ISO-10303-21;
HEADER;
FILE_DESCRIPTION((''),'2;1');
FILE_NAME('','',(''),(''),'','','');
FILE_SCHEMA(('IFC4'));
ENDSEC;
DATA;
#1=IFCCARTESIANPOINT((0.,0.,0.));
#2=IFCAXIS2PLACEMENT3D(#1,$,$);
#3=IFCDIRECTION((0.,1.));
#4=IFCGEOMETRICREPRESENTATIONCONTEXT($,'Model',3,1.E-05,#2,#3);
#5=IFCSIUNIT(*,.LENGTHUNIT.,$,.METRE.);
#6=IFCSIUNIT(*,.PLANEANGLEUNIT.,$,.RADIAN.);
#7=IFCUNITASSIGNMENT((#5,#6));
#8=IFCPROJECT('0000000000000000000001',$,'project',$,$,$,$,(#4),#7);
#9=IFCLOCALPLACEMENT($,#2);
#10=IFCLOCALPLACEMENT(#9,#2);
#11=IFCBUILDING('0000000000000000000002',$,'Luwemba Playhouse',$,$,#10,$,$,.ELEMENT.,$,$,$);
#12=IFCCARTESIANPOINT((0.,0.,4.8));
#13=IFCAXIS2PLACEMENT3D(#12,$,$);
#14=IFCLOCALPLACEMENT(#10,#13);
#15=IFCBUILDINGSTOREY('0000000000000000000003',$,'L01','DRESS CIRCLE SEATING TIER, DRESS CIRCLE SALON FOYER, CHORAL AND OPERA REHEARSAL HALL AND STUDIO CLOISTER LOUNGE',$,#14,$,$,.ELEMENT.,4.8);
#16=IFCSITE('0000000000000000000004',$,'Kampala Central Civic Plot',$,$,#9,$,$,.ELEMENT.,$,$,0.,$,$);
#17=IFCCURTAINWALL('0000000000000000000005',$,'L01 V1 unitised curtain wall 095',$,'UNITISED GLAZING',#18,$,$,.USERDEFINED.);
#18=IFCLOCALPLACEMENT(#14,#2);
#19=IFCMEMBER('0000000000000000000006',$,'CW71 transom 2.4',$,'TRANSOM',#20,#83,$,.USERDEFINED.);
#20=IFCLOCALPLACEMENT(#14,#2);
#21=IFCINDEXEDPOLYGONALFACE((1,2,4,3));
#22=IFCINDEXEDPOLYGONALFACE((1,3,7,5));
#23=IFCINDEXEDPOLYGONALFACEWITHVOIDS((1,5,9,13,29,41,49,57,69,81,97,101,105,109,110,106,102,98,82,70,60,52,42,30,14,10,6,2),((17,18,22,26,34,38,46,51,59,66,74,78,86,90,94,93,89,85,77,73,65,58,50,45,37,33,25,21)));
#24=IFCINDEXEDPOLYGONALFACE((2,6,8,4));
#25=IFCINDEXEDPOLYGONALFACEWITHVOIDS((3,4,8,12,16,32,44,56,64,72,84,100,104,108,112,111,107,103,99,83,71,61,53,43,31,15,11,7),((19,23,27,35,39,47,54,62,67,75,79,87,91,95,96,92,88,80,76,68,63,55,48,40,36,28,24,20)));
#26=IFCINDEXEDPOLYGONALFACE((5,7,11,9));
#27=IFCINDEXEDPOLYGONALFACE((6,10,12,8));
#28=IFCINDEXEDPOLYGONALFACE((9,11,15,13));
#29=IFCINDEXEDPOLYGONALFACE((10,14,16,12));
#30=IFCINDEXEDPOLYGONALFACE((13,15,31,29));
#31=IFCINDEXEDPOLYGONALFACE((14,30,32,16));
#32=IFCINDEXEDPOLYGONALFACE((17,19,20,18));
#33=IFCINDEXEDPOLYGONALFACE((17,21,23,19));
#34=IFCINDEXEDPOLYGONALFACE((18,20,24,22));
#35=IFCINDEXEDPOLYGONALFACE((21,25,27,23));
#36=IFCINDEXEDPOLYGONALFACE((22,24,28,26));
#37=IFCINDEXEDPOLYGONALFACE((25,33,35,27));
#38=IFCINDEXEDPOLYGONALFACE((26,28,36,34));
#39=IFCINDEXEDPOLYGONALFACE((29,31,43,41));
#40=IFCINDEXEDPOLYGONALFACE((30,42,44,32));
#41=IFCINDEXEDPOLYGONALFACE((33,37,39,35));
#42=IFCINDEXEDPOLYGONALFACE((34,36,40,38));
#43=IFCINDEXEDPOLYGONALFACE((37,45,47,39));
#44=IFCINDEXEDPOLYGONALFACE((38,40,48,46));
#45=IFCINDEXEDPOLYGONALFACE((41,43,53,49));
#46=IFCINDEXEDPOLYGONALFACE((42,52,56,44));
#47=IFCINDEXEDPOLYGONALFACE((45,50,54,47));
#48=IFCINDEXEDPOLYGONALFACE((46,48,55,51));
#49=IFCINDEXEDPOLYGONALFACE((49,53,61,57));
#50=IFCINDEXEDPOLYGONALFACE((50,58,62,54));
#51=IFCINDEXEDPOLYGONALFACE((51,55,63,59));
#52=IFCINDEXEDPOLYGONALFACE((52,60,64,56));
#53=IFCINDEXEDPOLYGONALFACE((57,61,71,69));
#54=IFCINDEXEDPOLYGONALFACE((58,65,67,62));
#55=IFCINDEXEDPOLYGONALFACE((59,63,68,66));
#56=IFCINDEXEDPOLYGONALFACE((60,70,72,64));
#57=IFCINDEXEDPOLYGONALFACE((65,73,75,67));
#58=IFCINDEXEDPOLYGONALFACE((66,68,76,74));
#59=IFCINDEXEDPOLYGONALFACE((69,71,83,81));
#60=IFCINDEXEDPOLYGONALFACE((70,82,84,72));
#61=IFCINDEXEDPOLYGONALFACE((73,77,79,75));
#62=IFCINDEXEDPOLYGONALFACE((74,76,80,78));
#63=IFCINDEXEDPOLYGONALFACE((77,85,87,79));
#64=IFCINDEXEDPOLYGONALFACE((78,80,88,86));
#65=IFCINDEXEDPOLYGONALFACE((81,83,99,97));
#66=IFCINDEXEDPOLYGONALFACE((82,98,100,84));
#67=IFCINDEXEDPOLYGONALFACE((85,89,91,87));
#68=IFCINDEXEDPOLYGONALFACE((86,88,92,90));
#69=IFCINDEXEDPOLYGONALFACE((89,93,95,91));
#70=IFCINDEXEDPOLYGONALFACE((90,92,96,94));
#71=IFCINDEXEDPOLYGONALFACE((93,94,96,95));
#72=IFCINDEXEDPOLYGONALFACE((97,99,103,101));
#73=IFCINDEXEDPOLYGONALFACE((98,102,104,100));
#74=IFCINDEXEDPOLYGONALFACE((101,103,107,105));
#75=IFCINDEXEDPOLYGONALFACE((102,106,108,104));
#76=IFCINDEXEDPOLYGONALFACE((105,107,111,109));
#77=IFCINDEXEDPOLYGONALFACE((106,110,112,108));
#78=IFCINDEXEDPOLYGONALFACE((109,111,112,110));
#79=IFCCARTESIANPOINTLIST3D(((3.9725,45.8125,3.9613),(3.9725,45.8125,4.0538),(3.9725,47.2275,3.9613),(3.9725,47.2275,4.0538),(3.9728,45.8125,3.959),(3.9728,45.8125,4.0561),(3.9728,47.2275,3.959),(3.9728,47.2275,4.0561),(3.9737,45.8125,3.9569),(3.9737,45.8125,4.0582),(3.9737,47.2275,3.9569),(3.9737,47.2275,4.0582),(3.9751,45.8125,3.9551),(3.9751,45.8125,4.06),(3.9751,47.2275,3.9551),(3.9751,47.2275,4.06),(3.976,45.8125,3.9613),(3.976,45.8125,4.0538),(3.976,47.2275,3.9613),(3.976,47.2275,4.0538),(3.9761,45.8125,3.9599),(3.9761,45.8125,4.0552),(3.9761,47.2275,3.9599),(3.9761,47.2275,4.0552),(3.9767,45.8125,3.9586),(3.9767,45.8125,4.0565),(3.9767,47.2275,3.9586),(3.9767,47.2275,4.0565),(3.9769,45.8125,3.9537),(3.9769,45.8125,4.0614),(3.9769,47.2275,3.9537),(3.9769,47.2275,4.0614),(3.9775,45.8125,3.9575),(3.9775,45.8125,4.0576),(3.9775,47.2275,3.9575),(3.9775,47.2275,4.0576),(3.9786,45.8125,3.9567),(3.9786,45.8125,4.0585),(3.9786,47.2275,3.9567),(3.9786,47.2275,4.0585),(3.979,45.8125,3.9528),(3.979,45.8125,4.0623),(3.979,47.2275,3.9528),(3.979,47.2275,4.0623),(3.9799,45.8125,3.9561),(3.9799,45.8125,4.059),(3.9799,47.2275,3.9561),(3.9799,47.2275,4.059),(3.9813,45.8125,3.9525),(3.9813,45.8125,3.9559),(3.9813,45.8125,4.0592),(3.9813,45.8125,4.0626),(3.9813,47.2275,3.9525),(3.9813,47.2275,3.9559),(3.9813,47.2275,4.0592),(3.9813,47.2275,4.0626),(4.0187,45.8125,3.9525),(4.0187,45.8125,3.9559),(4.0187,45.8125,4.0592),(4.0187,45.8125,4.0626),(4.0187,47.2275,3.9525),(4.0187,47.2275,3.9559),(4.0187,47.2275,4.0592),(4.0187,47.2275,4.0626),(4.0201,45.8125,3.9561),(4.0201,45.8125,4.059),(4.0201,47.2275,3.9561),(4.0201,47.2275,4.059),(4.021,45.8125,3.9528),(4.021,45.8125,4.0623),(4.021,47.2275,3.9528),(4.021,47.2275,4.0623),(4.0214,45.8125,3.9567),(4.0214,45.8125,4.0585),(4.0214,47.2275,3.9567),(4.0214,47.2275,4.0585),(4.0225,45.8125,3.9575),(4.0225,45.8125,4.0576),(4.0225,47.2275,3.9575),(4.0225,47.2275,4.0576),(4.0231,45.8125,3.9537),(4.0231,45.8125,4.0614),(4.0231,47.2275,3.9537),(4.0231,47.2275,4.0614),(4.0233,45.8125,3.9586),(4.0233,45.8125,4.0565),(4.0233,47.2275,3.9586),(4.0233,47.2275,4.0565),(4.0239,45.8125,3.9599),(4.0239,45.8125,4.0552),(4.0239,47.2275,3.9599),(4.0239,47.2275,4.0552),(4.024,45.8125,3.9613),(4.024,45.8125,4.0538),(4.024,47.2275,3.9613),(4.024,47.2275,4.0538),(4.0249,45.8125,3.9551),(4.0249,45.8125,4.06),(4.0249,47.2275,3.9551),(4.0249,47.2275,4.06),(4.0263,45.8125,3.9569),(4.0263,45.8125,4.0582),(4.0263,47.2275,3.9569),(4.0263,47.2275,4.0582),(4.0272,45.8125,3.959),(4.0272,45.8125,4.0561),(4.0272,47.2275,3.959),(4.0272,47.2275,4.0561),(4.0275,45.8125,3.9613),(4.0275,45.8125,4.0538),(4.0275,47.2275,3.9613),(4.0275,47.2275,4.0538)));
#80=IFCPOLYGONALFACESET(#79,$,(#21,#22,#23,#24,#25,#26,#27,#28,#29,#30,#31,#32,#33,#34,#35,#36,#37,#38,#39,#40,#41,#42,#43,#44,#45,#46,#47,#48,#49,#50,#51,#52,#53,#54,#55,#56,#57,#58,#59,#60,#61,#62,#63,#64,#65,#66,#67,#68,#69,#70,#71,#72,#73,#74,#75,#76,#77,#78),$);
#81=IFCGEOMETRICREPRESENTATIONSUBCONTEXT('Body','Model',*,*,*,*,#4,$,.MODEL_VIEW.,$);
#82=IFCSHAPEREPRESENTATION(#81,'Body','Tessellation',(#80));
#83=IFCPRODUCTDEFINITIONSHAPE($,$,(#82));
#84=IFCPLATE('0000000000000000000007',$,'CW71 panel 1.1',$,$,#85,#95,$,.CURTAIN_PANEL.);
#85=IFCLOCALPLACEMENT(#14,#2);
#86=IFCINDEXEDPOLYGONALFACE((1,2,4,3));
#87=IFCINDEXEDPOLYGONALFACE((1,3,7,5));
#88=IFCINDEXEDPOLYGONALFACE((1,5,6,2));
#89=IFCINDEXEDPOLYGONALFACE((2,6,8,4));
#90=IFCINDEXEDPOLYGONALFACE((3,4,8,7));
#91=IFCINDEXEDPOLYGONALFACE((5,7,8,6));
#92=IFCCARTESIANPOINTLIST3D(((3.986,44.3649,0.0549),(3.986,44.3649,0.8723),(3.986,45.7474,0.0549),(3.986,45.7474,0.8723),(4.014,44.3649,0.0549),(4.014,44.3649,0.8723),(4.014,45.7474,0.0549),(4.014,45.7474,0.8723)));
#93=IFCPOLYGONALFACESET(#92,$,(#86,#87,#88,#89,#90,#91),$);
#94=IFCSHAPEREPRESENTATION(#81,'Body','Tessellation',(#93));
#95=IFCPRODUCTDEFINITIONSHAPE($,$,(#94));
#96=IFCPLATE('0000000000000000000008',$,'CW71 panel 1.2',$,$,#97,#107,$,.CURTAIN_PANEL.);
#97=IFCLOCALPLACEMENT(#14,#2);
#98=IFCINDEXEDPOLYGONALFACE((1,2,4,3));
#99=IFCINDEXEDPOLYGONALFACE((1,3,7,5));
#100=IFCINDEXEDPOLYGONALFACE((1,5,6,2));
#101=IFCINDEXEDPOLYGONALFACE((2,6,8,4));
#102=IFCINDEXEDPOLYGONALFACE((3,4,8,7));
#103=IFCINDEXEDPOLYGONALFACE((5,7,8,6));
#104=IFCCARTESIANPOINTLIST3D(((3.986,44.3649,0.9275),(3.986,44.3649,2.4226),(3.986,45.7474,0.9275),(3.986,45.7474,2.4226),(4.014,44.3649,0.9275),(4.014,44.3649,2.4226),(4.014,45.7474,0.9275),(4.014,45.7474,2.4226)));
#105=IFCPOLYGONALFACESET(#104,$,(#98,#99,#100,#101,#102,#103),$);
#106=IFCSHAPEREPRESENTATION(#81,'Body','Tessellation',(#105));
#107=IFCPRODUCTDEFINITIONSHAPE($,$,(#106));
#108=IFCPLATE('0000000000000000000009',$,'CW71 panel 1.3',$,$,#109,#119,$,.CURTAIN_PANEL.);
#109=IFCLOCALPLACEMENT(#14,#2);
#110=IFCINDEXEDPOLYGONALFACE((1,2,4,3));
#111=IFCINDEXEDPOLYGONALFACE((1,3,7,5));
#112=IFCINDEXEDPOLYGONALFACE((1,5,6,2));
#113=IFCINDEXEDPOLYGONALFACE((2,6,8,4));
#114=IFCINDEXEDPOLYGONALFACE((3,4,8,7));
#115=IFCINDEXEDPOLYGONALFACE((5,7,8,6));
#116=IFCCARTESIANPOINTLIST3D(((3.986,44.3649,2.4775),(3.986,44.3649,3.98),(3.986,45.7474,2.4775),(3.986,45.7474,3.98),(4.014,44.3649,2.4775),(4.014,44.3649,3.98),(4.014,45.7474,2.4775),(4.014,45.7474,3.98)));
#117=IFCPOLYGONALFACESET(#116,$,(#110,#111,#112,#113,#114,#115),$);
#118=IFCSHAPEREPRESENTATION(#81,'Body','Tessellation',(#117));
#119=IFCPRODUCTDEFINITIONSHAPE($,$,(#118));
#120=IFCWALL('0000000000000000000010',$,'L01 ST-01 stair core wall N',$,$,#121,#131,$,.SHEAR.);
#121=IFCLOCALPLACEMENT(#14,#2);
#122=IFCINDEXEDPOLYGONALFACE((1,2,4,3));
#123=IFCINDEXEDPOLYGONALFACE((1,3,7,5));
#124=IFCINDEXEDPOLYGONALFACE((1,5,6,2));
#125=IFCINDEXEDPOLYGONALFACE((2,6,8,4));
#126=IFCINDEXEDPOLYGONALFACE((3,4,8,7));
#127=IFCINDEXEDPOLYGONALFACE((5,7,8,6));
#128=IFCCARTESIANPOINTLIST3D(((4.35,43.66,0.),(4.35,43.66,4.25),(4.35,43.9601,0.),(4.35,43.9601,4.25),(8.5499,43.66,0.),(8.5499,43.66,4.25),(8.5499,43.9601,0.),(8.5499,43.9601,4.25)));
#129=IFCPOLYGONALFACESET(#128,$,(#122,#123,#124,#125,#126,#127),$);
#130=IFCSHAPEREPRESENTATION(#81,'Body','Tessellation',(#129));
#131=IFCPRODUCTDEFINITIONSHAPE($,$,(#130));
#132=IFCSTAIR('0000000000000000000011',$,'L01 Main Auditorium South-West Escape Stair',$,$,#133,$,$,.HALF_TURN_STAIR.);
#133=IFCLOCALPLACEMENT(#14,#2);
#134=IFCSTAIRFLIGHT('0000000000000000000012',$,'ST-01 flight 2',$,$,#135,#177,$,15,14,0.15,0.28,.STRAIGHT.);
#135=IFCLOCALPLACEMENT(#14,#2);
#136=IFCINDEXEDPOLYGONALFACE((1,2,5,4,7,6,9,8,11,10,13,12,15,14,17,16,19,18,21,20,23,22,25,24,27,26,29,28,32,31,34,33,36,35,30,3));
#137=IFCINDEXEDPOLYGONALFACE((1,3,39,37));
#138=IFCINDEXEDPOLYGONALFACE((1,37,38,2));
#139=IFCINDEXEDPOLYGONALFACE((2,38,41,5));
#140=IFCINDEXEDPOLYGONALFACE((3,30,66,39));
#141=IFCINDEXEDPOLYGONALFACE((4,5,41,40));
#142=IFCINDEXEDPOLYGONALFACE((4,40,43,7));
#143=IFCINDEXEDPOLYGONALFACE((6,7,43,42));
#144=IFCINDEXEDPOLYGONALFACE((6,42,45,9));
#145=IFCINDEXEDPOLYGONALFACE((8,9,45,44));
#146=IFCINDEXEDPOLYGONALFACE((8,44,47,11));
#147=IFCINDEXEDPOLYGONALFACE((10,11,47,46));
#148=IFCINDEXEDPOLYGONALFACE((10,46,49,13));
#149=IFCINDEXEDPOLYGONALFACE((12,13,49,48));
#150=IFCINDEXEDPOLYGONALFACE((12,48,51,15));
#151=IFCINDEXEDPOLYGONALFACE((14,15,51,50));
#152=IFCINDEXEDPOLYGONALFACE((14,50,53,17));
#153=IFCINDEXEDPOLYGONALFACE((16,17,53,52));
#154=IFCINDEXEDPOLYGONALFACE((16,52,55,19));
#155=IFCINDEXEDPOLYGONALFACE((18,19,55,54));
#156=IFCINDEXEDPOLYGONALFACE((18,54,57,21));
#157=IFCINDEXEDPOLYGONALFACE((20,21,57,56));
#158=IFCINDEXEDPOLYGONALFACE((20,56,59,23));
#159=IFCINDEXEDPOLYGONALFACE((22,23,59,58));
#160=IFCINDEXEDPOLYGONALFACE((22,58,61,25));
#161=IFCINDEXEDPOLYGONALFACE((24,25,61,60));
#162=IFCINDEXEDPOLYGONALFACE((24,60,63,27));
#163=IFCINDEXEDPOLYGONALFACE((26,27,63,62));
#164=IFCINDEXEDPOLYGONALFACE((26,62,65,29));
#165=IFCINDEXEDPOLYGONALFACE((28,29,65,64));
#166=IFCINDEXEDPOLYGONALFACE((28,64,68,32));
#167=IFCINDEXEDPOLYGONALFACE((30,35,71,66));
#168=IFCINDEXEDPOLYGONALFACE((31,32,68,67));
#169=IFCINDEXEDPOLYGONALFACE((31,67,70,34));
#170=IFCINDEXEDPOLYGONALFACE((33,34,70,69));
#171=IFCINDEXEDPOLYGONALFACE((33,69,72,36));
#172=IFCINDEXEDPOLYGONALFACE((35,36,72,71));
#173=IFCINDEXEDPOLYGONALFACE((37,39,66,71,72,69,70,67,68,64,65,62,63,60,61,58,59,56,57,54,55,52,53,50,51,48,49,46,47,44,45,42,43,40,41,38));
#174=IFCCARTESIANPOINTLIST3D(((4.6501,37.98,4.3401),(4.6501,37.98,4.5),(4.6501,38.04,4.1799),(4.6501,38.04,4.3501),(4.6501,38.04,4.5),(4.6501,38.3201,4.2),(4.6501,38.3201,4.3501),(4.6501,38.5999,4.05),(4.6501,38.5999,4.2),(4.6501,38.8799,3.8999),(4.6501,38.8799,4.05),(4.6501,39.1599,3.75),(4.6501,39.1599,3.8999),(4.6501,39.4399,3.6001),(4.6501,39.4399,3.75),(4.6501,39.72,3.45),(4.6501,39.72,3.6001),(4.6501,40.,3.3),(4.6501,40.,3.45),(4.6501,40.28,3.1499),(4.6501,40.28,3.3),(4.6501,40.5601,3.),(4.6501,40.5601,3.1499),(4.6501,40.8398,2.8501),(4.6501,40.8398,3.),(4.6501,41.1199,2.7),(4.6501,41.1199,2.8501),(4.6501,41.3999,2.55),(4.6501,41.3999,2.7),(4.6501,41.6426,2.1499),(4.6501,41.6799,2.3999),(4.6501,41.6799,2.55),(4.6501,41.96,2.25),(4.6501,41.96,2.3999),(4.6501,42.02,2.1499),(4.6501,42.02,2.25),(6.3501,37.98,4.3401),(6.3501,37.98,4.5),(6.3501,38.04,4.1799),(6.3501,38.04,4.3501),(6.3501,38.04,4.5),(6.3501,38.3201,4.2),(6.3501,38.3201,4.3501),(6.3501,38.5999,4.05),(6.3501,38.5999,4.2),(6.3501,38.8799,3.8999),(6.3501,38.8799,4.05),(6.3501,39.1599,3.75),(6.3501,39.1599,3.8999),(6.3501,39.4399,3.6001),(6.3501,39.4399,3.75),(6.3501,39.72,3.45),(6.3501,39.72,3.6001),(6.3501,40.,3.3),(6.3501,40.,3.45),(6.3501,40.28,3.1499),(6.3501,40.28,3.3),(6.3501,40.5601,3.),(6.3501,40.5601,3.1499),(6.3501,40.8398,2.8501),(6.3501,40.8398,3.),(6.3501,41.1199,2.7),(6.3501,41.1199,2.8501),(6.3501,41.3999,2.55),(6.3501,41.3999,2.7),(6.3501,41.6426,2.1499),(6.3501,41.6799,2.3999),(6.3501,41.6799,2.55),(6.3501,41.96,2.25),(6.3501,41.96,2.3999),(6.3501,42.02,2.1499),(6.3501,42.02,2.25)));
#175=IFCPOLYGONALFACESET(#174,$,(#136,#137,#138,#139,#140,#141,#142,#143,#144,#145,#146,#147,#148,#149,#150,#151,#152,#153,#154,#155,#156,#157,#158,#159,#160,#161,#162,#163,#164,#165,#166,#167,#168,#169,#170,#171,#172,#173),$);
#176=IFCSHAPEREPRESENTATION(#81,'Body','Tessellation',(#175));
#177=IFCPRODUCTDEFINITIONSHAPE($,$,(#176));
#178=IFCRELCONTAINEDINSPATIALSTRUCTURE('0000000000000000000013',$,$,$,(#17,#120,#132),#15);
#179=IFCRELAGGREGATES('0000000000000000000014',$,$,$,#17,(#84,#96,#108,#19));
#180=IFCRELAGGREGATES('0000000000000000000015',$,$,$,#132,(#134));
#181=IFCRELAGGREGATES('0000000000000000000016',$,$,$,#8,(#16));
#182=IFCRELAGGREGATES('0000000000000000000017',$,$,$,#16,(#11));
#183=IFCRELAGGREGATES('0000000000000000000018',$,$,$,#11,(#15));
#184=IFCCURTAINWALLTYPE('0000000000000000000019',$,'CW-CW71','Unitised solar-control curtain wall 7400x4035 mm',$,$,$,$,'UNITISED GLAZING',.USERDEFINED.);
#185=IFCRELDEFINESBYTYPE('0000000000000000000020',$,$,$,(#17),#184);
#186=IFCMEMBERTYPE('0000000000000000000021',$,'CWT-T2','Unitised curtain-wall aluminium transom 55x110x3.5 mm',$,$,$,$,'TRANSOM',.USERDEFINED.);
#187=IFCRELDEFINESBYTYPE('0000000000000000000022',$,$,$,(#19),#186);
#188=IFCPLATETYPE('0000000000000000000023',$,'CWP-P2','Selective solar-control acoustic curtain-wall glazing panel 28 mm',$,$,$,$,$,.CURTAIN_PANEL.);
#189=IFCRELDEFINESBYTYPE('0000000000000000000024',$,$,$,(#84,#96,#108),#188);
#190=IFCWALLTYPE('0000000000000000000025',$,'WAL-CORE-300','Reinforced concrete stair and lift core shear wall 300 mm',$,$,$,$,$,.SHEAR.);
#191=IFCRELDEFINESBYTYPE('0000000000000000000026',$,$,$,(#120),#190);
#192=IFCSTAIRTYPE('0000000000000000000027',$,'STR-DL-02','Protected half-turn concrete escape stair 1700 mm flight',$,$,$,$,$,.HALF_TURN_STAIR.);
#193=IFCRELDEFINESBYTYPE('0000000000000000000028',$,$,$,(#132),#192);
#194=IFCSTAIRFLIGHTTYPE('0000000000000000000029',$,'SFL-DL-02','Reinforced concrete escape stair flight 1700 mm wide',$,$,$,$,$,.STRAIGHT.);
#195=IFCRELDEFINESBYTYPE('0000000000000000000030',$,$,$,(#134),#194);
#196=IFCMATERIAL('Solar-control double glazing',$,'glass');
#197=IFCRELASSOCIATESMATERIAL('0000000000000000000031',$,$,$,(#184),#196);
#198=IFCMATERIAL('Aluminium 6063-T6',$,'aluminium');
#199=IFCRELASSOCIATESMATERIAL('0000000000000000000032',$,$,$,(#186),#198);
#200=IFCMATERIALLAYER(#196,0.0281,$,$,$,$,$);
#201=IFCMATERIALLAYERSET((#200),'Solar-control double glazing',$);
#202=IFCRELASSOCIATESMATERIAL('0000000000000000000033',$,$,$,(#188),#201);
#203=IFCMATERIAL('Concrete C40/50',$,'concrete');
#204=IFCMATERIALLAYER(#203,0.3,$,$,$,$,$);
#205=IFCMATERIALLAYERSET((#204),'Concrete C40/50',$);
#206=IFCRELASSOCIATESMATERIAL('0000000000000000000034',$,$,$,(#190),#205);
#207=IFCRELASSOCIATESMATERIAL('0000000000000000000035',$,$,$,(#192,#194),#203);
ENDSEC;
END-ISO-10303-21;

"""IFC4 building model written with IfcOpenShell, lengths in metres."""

from ifc_helpers import new_model, si_unit, direction, frame, frame_2d, origin, origin_2d, place, context, subcontext, project, spatial, polyline, rectangle, hollow_rectangle, outline, extrude, material, layer, layer_set, material_profile, profile_set, type_object, element, aggregate, save


model = new_model("IFC4")

# Units and contexts
model_context = context("Model", 3, precision=1e-05, world=origin(), true_north=direction((0.0, 1.0)))
body_context = subcontext(model_context, "Body", "Model", "MODEL_VIEW")
ifc_project = project(units=[si_unit("LENGTHUNIT", "METRE"), si_unit("PLANEANGLEUNIT", "RADIAN")], contexts=[model_context])

# Site, building, storey
site_placement = place(None, origin())
site = spatial("IfcSite", under=ifc_project, at=site_placement, Name="Kampala Central Civic Plot", CompositionType="ELEMENT", RefElevation=0.0)
building_placement = place(site_placement, origin())
building = spatial("IfcBuilding", under=site, at=building_placement, Name="Luwemba Playhouse", CompositionType="ELEMENT")
storey_placement = place(building_placement, frame((0.0, 0.0, 4.8)))
storey = spatial("IfcBuildingStorey", under=building, at=storey_placement, Name="L01", Description="DRESS CIRCLE SEATING TIER, DRESS CIRCLE SALON FOYER, CHORAL AND OPERA REHEARSAL HALL AND STUDIO CLOISTER LOUNGE", CompositionType="ELEMENT", Elevation=4.8)

# Shared definitions
ifc_material_1 = material(Name="Concrete C40/50", Category="concrete")

# Curtain wall, member, plates
ifc_material_2 = material(Name="Solar-control double glazing", Category="glass")
curtain_wall_type = type_object("IfcCurtainWallType", Name="CW-CW71", Description="Unitised solar-control curtain wall 7400x4035 mm", ElementType="UNITISED GLAZING", PredefinedType="USERDEFINED", material=ifc_material_2)
curtain_wall_placement = place(storey_placement, origin())
curtain_wall = element("IfcCurtainWall", 1, at=curtain_wall_placement, inside=storey, type_object=curtain_wall_type, Name="L01 V1 unitised curtain wall 095", ObjectType="UNITISED GLAZING", PredefinedType="USERDEFINED")
ifc_material_3 = material(Name="Aluminium 6063-T6", Category="aluminium")
ifc_material_profile_1 = material_profile(ifc_material_3, hollow_rectangle(XDim=0.0549, YDim=0.1101, WallThickness=0.0034, InnerFilletRadius=0.0054, OuterFilletRadius=0.0088, at=origin_2d()))
ifc_profile_set_1 = profile_set([ifc_material_profile_1], Name="Aluminium 6063-T6")
member_type_1 = type_object("IfcMemberType", Name="CWT-T2", Description="Unitised curtain-wall aluminium transom 55x110x3.5 mm", ElementType="TRANSOM", PredefinedType="USERDEFINED", material=ifc_profile_set_1)
member_1_placement = place(storey_placement, frame((4.0, 45.8125, 4.0076), z_axis=(0.0, 1.0, 0.0), x_axis=(-1.0, 0.0, 0.0)))
member_1 = element("IfcMember", 2, at=member_1_placement, type_object=member_type_1, Name="CW71 transom 2.4", ObjectType="TRANSOM", PredefinedType="USERDEFINED", context=body_context, shape_type="SweptSolid", body=[
    extrude(hollow_rectangle(XDim=0.0549, YDim=0.1101, WallThickness=0.0034, InnerFilletRadius=0.0054, OuterFilletRadius=0.0088, at=origin_2d()), origin(), (0.0, 0.0, 1.0), 1.415),
])
ifc_layer_1 = layer(ifc_material_2, 0.0281)
ifc_layer_set_1 = layer_set([ifc_layer_1], Name="Solar-control double glazing")
plate_type = type_object("IfcPlateType", Name="CWP-P2", Description="Selective solar-control acoustic curtain-wall glazing panel 28 mm", PredefinedType="CURTAIN_PANEL", material=ifc_layer_set_1)
plate_1_placement = place(storey_placement, frame((4.0, 45.0562, 0.0549), z_axis=(0.0, 0.0, 1.0), x_axis=(0.0, 1.0, 0.0)))
plate_1 = element("IfcPlate", 3, at=plate_1_placement, type_object=plate_type, Name="CW71 panel 1.1", PredefinedType="CURTAIN_PANEL", context=body_context, shape_type="SweptSolid", body=[
    extrude(rectangle(XDim=1.3826, YDim=0.0281, at=origin_2d()), origin(), (0.0, 0.0, 1.0), 0.8174),
])
plate_2_placement = place(storey_placement, frame((4.0, 45.0562, 0.9275), z_axis=(0.0, 0.0, 1.0), x_axis=(0.0, 1.0, 0.0)))
plate_2 = element("IfcPlate", 4, at=plate_2_placement, type_object=plate_type, Name="CW71 panel 1.2", PredefinedType="CURTAIN_PANEL", context=body_context, shape_type="SweptSolid", body=[
    extrude(rectangle(XDim=1.3826, YDim=0.0281, at=origin_2d()), origin(), (0.0, 0.0, 1.0), 1.4951),
])
plate_3_placement = place(storey_placement, frame((4.0, 45.0562, 2.4775), z_axis=(0.0, 0.0, 1.0), x_axis=(0.0, 1.0, 0.0)))
plate_3 = element("IfcPlate", 5, at=plate_3_placement, type_object=plate_type, Name="CW71 panel 1.3", PredefinedType="CURTAIN_PANEL", context=body_context, shape_type="SweptSolid", body=[
    extrude(rectangle(XDim=1.3826, YDim=0.0281, at=origin_2d()), origin(), (0.0, 0.0, 1.0), 1.5024),
])
aggregate(curtain_wall, [plate_1, plate_2, plate_3, member_1])

# Wall
ifc_layer_2 = layer(ifc_material_1, 0.3)
ifc_layer_set_2 = layer_set([ifc_layer_2], Name="Concrete C40/50")
wall_type = type_object("IfcWallType", Name="WAL-CORE-300", Description="Reinforced concrete stair and lift core shear wall 300 mm", PredefinedType="SHEAR", material=ifc_layer_set_2)
wall_placement = place(storey_placement, frame((8.55, 43.8101, 0.0), z_axis=(0.0, 0.0, 1.0), x_axis=(-1.0, 0.0, 0.0)))
element("IfcWall", 6, at=wall_placement, inside=storey, type_object=wall_type, Name="L01 ST-01 stair core wall N", PredefinedType="SHEAR", context=body_context, shape_type="SweptSolid", body=[
    extrude(rectangle(XDim=4.2, YDim=0.3, at=frame_2d((2.1001, 0.0))), origin(), (0.0, 0.0, 1.0), 4.25),
])

# Stair, stair flight
stair_type = type_object("IfcStairType", Name="STR-DL-02", Description="Protected half-turn concrete escape stair 1700 mm flight", PredefinedType="HALF_TURN_STAIR", material=ifc_material_1)
stair_placement = place(storey_placement, origin())
stair = element("IfcStair", 7, at=stair_placement, inside=storey, type_object=stair_type, Name="L01 Main Auditorium South-West Escape Stair", PredefinedType="HALF_TURN_STAIR")
stair_flight_type = type_object("IfcStairFlightType", Name="SFL-DL-02", Description="Reinforced concrete escape stair flight 1700 mm wide", PredefinedType="STRAIGHT", material=ifc_material_1)
stair_flight_placement = place(storey_placement, frame((5.5, 41.96, 2.25), z_axis=(0.0, 0.0, 1.0), x_axis=(0.0, -1.0, 0.0)))
stair_flight = element("IfcStairFlight", 8, at=stair_flight_placement, type_object=stair_flight_type, Name="ST-01 flight 2", NumberOfRisers=15, NumberOfTreads=14, PredefinedType="STRAIGHT", RiserHeight=0.15, TreadLength=0.28, context=body_context, shape_type="SweptSolid", body=[
    extrude(outline(polyline([(-0.0601, -0.1001), (-0.0601, 0.0), (0.0, 0.0), (0.0, 0.1499), (0.28, 0.1499), (0.28, 0.3), (0.5601, 0.3), (0.5601, 0.45), (0.8401, 0.45), (0.8401, 0.6001), (1.1201, 0.6001), (1.1201, 0.75), (1.3999, 0.75), (1.3999, 0.8999), (1.6799, 0.8999), (1.6799, 1.05), (1.96, 1.05), (1.96, 1.2), (2.24, 1.2), (2.24, 1.3501), (2.52, 1.3501), (2.52, 1.5), (2.8, 1.5), (2.8, 1.6499), (3.0801, 1.6499), (3.0801, 1.8), (3.3601, 1.8), (3.3601, 1.95), (3.6399, 1.95), (3.6399, 2.1001), (3.9199, 2.1001), (3.9199, 2.25), (3.98, 2.25), (3.98, 2.0901), (3.9199, 1.9299), (0.3174, -0.1001), (-0.0601, -0.1001)])), frame((0.0, 0.8501, 0.0), z_axis=(0.0, -1.0, 0.0), x_axis=(1.0, 0.0, 0.0)), (0.0, 0.0, 1.0), 1.7),
])
aggregate(stair, [stair_flight])

save(model, "model.ifc")
